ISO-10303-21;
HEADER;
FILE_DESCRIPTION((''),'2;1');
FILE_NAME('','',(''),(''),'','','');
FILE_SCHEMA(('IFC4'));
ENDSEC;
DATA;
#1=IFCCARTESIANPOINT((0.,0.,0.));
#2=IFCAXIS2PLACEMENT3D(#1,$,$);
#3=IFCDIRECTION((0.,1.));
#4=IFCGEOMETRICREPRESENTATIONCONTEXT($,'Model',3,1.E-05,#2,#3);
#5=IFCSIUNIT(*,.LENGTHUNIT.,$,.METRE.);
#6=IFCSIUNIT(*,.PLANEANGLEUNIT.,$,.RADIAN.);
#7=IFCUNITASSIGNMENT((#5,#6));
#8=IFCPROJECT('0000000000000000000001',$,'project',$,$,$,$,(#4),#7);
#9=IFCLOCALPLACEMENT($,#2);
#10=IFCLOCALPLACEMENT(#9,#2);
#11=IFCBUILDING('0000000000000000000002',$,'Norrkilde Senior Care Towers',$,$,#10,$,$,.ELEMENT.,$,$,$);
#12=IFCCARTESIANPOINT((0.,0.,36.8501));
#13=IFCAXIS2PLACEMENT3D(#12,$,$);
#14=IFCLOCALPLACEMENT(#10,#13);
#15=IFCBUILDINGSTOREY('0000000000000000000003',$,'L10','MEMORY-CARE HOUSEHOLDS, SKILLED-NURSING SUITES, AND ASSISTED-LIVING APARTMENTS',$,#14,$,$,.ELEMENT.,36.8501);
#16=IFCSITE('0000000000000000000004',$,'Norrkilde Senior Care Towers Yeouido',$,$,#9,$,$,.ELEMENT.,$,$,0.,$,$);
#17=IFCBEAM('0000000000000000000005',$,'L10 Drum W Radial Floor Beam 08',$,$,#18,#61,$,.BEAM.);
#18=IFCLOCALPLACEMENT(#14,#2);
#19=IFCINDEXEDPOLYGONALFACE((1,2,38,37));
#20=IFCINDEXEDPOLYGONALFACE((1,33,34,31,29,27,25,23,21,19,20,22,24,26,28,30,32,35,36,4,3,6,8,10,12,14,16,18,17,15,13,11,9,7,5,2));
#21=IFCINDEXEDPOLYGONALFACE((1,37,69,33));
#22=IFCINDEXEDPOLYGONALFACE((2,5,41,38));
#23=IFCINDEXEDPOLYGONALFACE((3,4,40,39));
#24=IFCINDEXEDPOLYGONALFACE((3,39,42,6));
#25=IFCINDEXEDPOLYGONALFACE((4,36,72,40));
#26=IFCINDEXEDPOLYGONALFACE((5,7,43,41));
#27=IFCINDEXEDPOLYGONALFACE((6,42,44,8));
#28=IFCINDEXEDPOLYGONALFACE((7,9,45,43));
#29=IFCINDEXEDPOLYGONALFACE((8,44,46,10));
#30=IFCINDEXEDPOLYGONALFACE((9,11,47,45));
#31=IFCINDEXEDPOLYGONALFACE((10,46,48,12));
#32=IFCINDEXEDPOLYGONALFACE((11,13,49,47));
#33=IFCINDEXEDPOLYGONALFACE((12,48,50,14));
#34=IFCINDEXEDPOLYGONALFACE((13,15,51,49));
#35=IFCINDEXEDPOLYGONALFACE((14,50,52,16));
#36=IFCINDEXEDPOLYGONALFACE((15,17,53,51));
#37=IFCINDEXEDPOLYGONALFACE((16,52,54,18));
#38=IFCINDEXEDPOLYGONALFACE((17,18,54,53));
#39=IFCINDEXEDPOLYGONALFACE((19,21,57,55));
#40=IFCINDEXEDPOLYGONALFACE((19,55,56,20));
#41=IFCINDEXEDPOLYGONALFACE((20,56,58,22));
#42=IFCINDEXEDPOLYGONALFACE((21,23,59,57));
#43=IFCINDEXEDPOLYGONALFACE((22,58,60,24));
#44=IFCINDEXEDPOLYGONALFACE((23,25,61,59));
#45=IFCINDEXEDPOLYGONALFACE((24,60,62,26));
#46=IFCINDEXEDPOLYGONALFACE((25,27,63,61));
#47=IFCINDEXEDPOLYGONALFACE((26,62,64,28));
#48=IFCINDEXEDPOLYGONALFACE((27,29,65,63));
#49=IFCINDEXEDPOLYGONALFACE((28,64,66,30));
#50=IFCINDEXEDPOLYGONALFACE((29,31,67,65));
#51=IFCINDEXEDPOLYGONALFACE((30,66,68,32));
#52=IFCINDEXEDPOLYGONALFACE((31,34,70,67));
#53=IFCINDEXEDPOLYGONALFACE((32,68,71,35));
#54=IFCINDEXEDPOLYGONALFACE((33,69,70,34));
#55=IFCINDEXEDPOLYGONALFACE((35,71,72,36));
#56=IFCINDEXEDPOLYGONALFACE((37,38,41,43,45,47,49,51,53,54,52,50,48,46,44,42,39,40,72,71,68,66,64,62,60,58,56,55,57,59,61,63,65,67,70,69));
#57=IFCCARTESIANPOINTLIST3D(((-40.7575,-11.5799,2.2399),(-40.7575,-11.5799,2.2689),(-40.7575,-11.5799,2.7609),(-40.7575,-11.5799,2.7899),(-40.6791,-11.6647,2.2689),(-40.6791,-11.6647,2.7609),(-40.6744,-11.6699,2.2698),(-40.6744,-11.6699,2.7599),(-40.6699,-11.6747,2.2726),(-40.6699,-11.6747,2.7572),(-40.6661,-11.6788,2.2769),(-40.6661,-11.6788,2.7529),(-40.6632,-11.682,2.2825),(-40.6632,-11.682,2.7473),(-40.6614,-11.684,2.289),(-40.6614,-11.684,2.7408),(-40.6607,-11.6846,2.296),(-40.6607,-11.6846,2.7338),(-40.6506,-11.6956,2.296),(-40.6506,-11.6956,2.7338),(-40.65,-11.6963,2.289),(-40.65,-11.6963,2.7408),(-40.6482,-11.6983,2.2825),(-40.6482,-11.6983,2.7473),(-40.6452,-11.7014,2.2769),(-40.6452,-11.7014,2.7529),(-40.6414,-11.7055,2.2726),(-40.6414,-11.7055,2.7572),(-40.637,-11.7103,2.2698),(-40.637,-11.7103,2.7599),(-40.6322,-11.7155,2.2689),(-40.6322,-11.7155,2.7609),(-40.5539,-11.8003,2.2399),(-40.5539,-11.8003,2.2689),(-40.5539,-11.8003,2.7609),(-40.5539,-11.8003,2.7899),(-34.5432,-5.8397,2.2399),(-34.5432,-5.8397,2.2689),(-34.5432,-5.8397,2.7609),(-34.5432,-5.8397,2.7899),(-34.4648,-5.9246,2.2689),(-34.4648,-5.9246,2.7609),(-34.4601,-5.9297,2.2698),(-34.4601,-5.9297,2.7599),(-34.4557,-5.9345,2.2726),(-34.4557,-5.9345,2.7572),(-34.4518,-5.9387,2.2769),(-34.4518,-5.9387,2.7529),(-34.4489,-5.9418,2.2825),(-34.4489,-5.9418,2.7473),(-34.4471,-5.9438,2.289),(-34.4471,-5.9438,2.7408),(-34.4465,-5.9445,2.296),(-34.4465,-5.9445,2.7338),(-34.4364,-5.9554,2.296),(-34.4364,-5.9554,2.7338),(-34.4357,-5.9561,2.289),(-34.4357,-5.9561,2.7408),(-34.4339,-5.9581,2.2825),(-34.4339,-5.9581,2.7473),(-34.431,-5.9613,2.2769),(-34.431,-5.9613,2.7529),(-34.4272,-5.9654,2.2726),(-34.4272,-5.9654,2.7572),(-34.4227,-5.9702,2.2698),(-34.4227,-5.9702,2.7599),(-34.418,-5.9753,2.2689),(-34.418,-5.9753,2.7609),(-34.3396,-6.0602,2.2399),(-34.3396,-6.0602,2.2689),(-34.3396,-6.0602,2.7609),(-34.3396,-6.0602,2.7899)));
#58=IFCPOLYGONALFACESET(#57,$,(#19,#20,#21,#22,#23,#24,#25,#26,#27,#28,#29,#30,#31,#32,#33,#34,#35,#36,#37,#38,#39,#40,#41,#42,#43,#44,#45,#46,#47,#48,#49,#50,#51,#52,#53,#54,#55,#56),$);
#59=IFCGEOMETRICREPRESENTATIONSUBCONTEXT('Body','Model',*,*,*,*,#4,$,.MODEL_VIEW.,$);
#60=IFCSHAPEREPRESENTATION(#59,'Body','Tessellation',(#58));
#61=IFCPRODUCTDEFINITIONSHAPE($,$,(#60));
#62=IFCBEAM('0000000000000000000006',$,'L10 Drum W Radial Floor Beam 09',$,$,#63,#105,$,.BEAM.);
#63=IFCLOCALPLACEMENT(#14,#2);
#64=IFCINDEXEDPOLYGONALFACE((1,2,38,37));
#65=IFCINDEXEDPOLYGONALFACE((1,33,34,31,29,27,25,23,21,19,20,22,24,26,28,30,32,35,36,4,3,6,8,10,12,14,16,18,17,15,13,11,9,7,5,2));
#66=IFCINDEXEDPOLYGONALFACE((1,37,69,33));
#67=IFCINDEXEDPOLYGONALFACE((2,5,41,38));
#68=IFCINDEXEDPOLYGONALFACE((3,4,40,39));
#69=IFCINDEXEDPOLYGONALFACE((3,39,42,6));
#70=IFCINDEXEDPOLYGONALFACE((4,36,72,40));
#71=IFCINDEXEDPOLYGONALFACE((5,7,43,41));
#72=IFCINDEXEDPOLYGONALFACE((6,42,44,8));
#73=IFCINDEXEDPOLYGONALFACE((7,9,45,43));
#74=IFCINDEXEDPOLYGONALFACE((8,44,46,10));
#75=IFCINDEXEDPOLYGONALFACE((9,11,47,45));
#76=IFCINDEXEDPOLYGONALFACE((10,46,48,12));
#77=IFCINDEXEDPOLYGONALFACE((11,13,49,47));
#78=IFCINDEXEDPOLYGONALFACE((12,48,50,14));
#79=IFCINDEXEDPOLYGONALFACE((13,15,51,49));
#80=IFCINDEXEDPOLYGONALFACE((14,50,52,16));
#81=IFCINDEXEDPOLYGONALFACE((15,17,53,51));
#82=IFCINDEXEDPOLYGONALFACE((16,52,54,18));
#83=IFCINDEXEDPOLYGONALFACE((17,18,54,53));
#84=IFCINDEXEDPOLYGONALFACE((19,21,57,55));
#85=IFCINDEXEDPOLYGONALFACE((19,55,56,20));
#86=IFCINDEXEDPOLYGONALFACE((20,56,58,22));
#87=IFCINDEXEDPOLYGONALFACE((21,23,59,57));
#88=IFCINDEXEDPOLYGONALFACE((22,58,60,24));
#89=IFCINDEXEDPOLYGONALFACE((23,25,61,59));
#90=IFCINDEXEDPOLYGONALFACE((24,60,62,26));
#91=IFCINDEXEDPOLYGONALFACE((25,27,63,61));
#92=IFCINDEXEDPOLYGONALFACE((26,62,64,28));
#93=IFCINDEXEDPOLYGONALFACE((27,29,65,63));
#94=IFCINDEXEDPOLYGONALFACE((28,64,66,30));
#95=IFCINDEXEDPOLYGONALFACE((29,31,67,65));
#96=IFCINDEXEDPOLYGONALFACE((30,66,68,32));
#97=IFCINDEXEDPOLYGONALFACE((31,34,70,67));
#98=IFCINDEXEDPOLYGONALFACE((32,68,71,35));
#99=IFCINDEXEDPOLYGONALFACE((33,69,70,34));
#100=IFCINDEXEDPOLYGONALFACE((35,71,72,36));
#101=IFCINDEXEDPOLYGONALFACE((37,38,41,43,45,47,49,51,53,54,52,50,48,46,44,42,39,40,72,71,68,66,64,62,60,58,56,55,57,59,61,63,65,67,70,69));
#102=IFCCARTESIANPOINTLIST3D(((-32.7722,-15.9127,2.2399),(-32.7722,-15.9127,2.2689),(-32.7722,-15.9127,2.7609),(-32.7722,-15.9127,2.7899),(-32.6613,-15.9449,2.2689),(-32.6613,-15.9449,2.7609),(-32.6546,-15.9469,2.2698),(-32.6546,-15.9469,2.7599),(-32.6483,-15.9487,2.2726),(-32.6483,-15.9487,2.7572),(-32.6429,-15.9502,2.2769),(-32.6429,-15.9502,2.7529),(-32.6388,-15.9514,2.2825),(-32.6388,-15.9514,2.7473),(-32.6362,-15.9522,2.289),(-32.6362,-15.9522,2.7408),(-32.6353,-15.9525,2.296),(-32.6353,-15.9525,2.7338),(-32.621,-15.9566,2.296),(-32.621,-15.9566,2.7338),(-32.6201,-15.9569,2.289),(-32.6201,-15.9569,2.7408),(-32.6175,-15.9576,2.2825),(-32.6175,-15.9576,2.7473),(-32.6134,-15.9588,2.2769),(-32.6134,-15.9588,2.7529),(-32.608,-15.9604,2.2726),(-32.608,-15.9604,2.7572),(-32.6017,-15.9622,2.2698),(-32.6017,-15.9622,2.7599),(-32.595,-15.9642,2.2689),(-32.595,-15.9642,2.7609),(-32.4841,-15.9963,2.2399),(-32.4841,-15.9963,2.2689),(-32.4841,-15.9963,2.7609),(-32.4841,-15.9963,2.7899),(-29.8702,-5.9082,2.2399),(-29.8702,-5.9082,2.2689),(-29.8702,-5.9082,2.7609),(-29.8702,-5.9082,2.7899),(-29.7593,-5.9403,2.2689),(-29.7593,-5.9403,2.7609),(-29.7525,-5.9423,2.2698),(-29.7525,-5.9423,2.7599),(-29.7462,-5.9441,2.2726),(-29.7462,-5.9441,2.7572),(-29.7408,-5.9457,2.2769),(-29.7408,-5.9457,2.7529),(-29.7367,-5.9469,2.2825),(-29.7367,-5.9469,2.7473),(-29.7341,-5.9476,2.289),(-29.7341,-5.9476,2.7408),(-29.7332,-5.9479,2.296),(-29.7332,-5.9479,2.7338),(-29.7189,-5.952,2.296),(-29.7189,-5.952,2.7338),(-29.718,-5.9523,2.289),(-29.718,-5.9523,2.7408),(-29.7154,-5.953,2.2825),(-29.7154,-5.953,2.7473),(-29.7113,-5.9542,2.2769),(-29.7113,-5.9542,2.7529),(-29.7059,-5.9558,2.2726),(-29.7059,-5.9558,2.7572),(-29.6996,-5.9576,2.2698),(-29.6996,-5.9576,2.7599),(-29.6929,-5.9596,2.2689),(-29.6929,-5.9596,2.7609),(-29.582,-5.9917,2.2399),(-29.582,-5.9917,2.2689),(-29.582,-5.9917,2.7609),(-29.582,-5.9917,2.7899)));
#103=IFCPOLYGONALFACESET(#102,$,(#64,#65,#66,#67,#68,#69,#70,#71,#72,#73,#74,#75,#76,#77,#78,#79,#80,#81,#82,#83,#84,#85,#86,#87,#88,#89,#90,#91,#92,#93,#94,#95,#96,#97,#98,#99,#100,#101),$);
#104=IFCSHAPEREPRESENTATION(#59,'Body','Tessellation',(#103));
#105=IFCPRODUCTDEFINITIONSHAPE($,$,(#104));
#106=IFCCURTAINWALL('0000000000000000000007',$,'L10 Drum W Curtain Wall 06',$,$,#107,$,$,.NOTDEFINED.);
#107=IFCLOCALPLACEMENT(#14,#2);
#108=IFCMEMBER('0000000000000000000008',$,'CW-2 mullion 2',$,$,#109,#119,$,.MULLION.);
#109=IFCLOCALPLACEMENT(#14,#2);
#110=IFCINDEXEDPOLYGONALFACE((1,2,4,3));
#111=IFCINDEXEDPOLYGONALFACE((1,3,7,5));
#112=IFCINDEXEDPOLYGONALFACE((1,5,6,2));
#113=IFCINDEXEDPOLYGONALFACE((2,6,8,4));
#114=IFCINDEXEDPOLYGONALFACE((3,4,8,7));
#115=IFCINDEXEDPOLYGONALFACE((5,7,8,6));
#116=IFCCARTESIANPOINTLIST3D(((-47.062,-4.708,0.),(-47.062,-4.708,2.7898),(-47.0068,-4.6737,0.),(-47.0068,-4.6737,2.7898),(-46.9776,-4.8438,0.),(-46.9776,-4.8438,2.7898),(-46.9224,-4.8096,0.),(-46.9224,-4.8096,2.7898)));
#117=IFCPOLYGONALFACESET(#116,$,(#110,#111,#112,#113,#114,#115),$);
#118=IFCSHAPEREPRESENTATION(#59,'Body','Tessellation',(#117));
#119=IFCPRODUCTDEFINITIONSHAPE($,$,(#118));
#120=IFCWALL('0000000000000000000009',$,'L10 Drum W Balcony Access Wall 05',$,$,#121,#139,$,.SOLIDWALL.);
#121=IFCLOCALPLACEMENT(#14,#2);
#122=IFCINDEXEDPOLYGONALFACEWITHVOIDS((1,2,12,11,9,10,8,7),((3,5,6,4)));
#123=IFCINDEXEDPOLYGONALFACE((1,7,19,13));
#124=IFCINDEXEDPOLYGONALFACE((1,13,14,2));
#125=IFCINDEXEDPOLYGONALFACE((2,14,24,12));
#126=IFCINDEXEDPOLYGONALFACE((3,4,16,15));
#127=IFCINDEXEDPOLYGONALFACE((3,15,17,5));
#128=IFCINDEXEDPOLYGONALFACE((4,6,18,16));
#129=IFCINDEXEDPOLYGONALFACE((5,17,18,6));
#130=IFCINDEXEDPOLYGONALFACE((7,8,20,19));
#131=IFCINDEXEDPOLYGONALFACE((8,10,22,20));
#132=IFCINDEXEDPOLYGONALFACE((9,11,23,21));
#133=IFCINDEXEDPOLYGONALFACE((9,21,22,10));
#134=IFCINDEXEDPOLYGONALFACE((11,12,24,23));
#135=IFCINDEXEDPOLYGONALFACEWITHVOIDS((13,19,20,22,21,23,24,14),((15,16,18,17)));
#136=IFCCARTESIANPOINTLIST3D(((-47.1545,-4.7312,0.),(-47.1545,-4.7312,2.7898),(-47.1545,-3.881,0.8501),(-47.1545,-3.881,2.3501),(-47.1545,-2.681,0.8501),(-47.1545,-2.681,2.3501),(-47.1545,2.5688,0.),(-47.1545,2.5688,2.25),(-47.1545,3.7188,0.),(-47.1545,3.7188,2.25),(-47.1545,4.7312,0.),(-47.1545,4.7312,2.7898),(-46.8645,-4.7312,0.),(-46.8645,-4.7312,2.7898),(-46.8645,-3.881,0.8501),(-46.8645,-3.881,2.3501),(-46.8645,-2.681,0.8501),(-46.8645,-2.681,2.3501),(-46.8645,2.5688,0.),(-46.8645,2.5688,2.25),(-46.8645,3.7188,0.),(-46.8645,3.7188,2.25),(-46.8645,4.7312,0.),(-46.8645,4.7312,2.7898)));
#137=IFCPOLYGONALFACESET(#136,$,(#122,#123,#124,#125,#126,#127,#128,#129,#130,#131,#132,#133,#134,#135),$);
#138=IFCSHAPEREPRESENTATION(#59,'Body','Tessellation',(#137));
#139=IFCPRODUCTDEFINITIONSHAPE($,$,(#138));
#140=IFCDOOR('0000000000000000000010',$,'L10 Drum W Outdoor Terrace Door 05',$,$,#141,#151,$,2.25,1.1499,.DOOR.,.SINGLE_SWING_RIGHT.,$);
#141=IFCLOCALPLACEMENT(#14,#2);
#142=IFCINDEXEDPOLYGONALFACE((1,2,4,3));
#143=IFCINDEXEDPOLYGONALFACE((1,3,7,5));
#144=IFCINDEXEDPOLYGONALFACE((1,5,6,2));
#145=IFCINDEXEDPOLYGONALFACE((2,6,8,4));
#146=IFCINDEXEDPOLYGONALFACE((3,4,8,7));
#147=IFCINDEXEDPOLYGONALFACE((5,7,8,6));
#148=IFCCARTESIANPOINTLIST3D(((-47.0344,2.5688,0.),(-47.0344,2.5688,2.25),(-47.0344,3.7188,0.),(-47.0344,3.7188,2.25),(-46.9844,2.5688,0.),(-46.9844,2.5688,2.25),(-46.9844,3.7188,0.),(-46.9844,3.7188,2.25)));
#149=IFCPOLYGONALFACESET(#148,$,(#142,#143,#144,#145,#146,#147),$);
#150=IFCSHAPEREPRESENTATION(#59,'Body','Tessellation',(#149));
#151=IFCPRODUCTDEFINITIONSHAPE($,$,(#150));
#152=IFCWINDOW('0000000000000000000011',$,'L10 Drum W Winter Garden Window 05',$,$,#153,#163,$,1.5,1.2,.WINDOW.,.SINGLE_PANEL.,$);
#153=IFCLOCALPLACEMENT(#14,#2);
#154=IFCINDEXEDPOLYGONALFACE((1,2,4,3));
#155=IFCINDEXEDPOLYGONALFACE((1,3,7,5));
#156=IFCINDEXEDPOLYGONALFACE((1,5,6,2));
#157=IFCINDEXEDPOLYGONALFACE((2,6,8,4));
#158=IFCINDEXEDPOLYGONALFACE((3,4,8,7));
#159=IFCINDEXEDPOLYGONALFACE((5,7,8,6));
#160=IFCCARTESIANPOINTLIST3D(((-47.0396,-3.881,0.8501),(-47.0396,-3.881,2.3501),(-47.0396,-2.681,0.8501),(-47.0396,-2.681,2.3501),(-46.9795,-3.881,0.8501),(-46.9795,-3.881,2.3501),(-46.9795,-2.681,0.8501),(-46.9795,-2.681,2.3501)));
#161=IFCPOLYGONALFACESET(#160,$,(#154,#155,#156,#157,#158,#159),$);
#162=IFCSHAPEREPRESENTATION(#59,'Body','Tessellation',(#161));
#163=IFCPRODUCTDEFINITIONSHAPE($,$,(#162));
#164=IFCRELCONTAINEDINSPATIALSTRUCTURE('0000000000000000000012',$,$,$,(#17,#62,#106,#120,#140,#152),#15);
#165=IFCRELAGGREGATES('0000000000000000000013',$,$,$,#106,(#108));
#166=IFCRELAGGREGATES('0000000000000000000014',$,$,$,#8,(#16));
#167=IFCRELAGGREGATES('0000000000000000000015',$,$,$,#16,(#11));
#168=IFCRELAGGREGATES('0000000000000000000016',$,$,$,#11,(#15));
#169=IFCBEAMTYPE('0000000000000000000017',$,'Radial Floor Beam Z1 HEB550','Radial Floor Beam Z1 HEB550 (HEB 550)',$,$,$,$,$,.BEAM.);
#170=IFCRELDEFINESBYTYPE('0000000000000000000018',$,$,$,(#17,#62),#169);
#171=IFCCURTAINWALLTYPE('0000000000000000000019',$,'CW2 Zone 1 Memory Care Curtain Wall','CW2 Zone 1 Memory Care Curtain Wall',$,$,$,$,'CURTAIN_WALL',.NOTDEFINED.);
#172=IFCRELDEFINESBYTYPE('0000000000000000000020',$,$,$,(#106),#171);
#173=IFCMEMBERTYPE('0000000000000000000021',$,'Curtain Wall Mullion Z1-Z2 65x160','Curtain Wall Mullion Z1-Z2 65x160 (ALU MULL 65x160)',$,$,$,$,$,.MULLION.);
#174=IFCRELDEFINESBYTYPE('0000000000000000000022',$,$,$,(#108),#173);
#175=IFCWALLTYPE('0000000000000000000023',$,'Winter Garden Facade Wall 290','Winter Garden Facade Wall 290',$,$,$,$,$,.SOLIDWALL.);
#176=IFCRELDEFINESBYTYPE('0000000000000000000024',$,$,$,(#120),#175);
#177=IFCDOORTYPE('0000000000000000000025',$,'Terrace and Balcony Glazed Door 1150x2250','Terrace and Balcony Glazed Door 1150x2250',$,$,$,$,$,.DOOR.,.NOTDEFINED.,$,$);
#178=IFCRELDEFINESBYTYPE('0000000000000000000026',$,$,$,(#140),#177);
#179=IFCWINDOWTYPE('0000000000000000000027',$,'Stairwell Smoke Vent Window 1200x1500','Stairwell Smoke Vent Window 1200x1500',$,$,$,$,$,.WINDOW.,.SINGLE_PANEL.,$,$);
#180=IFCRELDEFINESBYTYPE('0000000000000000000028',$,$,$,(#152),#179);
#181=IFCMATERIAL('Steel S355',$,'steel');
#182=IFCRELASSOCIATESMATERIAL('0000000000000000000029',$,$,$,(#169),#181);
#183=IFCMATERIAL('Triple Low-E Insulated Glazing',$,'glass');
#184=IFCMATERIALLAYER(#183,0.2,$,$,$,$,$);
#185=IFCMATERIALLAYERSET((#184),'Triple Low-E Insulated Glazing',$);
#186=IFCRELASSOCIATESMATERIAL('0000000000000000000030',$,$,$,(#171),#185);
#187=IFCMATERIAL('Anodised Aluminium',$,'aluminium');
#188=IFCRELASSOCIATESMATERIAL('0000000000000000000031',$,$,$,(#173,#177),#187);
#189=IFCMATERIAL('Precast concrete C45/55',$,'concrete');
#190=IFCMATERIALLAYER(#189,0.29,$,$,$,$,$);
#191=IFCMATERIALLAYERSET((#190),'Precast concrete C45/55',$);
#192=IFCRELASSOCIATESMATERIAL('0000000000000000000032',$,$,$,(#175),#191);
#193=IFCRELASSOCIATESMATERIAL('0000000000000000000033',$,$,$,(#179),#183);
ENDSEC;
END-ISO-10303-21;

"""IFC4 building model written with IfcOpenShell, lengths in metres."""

from ifc_helpers import new_model, si_unit, direction, frame, frame_2d, origin, origin_2d, place, context, subcontext, project, spatial, rectangle, i_section, extrude, source, transform, mapped, material, layer, layer_set, material_profile, profile_set, type_object, type_shapes, element, fill, aggregate, save


model = new_model("IFC4")

# Units and contexts
model_context = context("Model", 3, precision=1e-05, world=origin(), true_north=direction((0.0, 1.0)))
body_context = subcontext(model_context, "Body", "Model", "MODEL_VIEW")
ifc_project = project(units=[si_unit("LENGTHUNIT", "METRE"), si_unit("PLANEANGLEUNIT", "RADIAN")], contexts=[model_context])

# Site, building, storey
site_placement = place(None, origin())
site = spatial("IfcSite", under=ifc_project, at=site_placement, Name="Norrkilde Senior Care Towers Yeouido", CompositionType="ELEMENT", RefElevation=0.0)
building_placement = place(site_placement, origin())
building = spatial("IfcBuilding", under=site, at=building_placement, Name="Norrkilde Senior Care Towers", CompositionType="ELEMENT")
storey_placement = place(building_placement, frame((0.0, 0.0, 36.8501)))
storey = spatial("IfcBuildingStorey", under=building, at=storey_placement, Name="L10", Description="MEMORY-CARE HOUSEHOLDS, SKILLED-NURSING SUITES, AND ASSISTED-LIVING APARTMENTS", CompositionType="ELEMENT", Elevation=36.8501)

# Beams
ifc_material_1 = material(Name="Steel S355", Category="steel")
ifc_material_profile_1 = material_profile(ifc_material_1, i_section(OverallWidth=0.3, OverallDepth=0.55, WebThickness=0.0149, FlangeThickness=0.0291, FilletRadius=0.0271, at=origin_2d()), Name="HEB 550")
ifc_profile_set_1 = profile_set([ifc_material_profile_1], Name="Steel S355")
beam_type_1 = type_object("IfcBeamType", Name="Radial Floor Beam Z1 HEB550", Description="Radial Floor Beam Z1 HEB550 (HEB 550)", PredefinedType="BEAM", material=ifc_profile_set_1)
shared_shape_1 = source(origin(), body_context, "Body", "SweptSolid", [
    extrude(i_section(OverallWidth=0.3, OverallDepth=0.55, WebThickness=0.0149, FlangeThickness=0.0291, FilletRadius=0.0271, at=origin_2d()), origin(), (0.0, 0.0, 1.0), 8.4597),
])
beam_1_placement = place(storey_placement, frame((-34.4414, -5.95, 2.5149), z_axis=(-0.734573, -0.678529, 0.0), x_axis=(0.678529, -0.734573, 0.0)))
element("IfcBeam", 1, at=beam_1_placement, inside=storey, type_object=beam_type_1, Name="L10 Drum W Radial Floor Beam 08", PredefinedType="BEAM", context=body_context, shape_type="MappedRepresentation", body=[
    mapped(shared_shape_1, transform((0.0, 0.0, 0.0), x_axis=(1.0, 0.0, 0.0), y_axis=(0.0, 1.0, 0.0), z_axis=(0.0, 0.0, 1.0), scale=1.0)),
])
shared_shape_2 = source(origin(), body_context, "Body", "SweptSolid", [
    extrude(i_section(OverallWidth=0.3, OverallDepth=0.55, WebThickness=0.0149, FlangeThickness=0.0291, FilletRadius=0.0271, at=origin_2d()), origin(), (0.0, 0.0, 1.0), 10.417),
])
beam_2_placement = place(storey_placement, frame((-29.7261, -5.95, 2.5149), z_axis=(-0.278591, -0.96041, 0.0), x_axis=(0.96041, -0.278591, 0.0)))
element("IfcBeam", 2, at=beam_2_placement, inside=storey, type_object=beam_type_1, Name="L10 Drum W Radial Floor Beam 09", PredefinedType="BEAM", context=body_context, shape_type="MappedRepresentation", body=[
    mapped(shared_shape_2, transform((0.0, 0.0, 0.0), x_axis=(1.0, 0.0, 0.0), y_axis=(0.0, 1.0, 0.0), z_axis=(0.0, 0.0, 1.0), scale=1.0)),
])

# Curtain wall, member
ifc_material_2 = material(Name="Triple Low-E Insulated Glazing", Category="glass")
ifc_layer_1 = layer(ifc_material_2, 0.2)
ifc_layer_set_1 = layer_set([ifc_layer_1], Name="Triple Low-E Insulated Glazing")
curtain_wall_type = type_object("IfcCurtainWallType", Name="CW2 Zone 1 Memory Care Curtain Wall", Description="CW2 Zone 1 Memory Care Curtain Wall", ElementType="CURTAIN_WALL", PredefinedType="NOTDEFINED", material=ifc_layer_set_1)
curtain_wall_placement = place(storey_placement, origin())
curtain_wall = element("IfcCurtainWall", 3, at=curtain_wall_placement, inside=storey, type_object=curtain_wall_type, Name="L10 Drum W Curtain Wall 06", PredefinedType="NOTDEFINED")
ifc_material_3 = material(Name="Anodised Aluminium", Category="aluminium")
ifc_material_profile_2 = material_profile(ifc_material_3, rectangle(XDim=0.0649, YDim=0.1599, at=origin_2d()), Name="ALU MULL 65x160")
ifc_profile_set_2 = profile_set([ifc_material_profile_2], Name="Anodised Aluminium")
member_type = type_object("IfcMemberType", Name="Curtain Wall Mullion Z1-Z2 65x160", Description="Curtain Wall Mullion Z1-Z2 65x160 (ALU MULL 65x160)", PredefinedType="MULLION", material=ifc_profile_set_2)
shared_shape_3 = source(origin(), body_context, "Body", "SweptSolid", [
    extrude(rectangle(XDim=0.0649, YDim=0.1599, at=origin_2d()), origin(), (0.0, 0.0, 1.0), 2.7898),
])
type_shapes(member_type, [shared_shape_3])
member_placement = place(storey_placement, frame((-46.9922, -4.7588, 0.0), z_axis=(0.0, 0.0, 1.0), x_axis=(-0.849306, -0.527901, 0.0)))
member = element("IfcMember", 4, at=member_placement, type_object=member_type, Name="CW-2 mullion 2", PredefinedType="MULLION", context=body_context, shape_type="MappedRepresentation", body=[
    mapped(shared_shape_3, transform((0.0, 0.0, 0.0), x_axis=(1.0, 0.0, 0.0), y_axis=(0.0, 1.0, 0.0), z_axis=(0.0, 0.0, 1.0), scale=1.0)),
])
aggregate(curtain_wall, [member])

# Wall, openings, door, window
ifc_material_4 = material(Name="Precast concrete C45/55", Category="concrete")
ifc_layer_2 = layer(ifc_material_4, 0.29)
ifc_layer_set_2 = layer_set([ifc_layer_2], Name="Precast concrete C45/55")
wall_type_1 = type_object("IfcWallType", Name="Winter Garden Facade Wall 290", Description="Winter Garden Facade Wall 290", PredefinedType="SOLIDWALL", material=ifc_layer_set_2)
shared_shape_4 = source(origin(), body_context, "Body", "SweptSolid", [
    extrude(rectangle(XDim=9.4624, YDim=0.29, at=frame_2d((4.7312, 0.0))), origin(), (0.0, 0.0, 1.0), 2.7898),
])
type_shapes(wall_type_1, [shared_shape_4])
wall_1_placement = place(storey_placement, frame((-47.0095, -4.7312, 0.0), z_axis=(0.0, 0.0, 1.0), x_axis=(0.0, 1.0, 0.0)))
wall_1 = element("IfcWall", 5, at=wall_1_placement, inside=storey, type_object=wall_type_1, Name="L10 Drum W Balcony Access Wall 05", PredefinedType="SOLIDWALL", context=body_context, shape_type="MappedRepresentation", body=[
    mapped(shared_shape_4, transform((0.0, 0.0, 0.0), x_axis=(1.0, 0.0, 0.0), y_axis=(0.0, 1.0, 0.0), z_axis=(0.0, 0.0, 1.0), scale=1.0)),
])
opening_1_placement = place(wall_1_placement, frame((7.3, 0.0, 0.0)))
opening_1 = element("IfcOpeningElement", 6, at=opening_1_placement, cuts=wall_1, PredefinedType="OPENING", context=body_context, shape_type="SweptSolid", body=[
    extrude(rectangle(XDim=1.1499, YDim=2.25, at=frame_2d((0.575, 1.125))), frame((0.0, 0.155, 0.0), z_axis=(0.0, -1.0, 0.0), x_axis=(1.0, 0.0, 0.0)), (0.0, 0.0, 1.0), 0.3101),
])
opening_2_placement = place(wall_1_placement, frame((0.8501, 0.0, 0.8501)))
opening_2 = element("IfcOpeningElement", 7, at=opening_2_placement, cuts=wall_1, PredefinedType="OPENING", context=body_context, shape_type="SweptSolid", body=[
    extrude(rectangle(XDim=1.2, YDim=1.5, at=frame_2d((0.6001, 0.75))), frame((0.0, 0.155, 0.0), z_axis=(0.0, -1.0, 0.0), x_axis=(1.0, 0.0, 0.0)), (0.0, 0.0, 1.0), 0.3101),
])
door_type_1 = type_object("IfcDoorType", Name="Terrace and Balcony Glazed Door 1150x2250", Description="Terrace and Balcony Glazed Door 1150x2250", OperationType="NOTDEFINED", PredefinedType="DOOR", material=ifc_material_3)
shared_shape_5 = source(origin(), body_context, "Body", "SweptSolid", [
    extrude(rectangle(XDim=1.1499, YDim=2.25, at=frame_2d((0.575, 1.125))), frame((0.0, 0.0249, 0.0), z_axis=(0.0, -1.0, 0.0), x_axis=(1.0, 0.0, 0.0)), (0.0, 0.0, 1.0), 0.05),
])
type_shapes(door_type_1, [shared_shape_5])
door_1_placement = place(opening_1_placement, origin())
door_1 = element("IfcDoor", 8, at=door_1_placement, inside=storey, type_object=door_type_1, Name="L10 Drum W Outdoor Terrace Door 05", OperationType="SINGLE_SWING_RIGHT", OverallHeight=2.25, OverallWidth=1.1499, PredefinedType="DOOR", context=body_context, shape_type="MappedRepresentation", body=[
    mapped(shared_shape_5, transform((0.0, 0.0, 0.0), x_axis=(1.0, 0.0, 0.0), y_axis=(0.0, 1.0, 0.0), z_axis=(0.0, 0.0, 1.0), scale=1.0)),
])
fill(opening_1, door_1)
window_type = type_object("IfcWindowType", Name="Stairwell Smoke Vent Window 1200x1500", Description="Stairwell Smoke Vent Window 1200x1500", PartitioningType="SINGLE_PANEL", PredefinedType="WINDOW", material=ifc_material_2)
shared_shape_6 = source(origin(), body_context, "Body", "SweptSolid", [
    extrude(rectangle(XDim=1.2, YDim=1.5, at=frame_2d((0.6001, 0.75))), frame((0.0, 0.03, 0.0), z_axis=(0.0, -1.0, 0.0), x_axis=(1.0, 0.0, 0.0)), (0.0, 0.0, 1.0), 0.0601),
])
type_shapes(window_type, [shared_shape_6])
window_placement = place(opening_2_placement, origin())
window = element("IfcWindow", 9, at=window_placement, inside=storey, type_object=window_type, Name="L10 Drum W Winter Garden Window 05", OverallHeight=1.5, OverallWidth=1.2, PartitioningType="SINGLE_PANEL", PredefinedType="WINDOW", context=body_context, shape_type="MappedRepresentation", body=[
    mapped(shared_shape_6, transform((0.0, 0.0, 0.0), x_axis=(1.0, 0.0, 0.0), y_axis=(0.0, 1.0, 0.0), z_axis=(0.0, 0.0, 1.0), scale=1.0)),
])
fill(opening_2, window)

save(model, "model.ifc")
